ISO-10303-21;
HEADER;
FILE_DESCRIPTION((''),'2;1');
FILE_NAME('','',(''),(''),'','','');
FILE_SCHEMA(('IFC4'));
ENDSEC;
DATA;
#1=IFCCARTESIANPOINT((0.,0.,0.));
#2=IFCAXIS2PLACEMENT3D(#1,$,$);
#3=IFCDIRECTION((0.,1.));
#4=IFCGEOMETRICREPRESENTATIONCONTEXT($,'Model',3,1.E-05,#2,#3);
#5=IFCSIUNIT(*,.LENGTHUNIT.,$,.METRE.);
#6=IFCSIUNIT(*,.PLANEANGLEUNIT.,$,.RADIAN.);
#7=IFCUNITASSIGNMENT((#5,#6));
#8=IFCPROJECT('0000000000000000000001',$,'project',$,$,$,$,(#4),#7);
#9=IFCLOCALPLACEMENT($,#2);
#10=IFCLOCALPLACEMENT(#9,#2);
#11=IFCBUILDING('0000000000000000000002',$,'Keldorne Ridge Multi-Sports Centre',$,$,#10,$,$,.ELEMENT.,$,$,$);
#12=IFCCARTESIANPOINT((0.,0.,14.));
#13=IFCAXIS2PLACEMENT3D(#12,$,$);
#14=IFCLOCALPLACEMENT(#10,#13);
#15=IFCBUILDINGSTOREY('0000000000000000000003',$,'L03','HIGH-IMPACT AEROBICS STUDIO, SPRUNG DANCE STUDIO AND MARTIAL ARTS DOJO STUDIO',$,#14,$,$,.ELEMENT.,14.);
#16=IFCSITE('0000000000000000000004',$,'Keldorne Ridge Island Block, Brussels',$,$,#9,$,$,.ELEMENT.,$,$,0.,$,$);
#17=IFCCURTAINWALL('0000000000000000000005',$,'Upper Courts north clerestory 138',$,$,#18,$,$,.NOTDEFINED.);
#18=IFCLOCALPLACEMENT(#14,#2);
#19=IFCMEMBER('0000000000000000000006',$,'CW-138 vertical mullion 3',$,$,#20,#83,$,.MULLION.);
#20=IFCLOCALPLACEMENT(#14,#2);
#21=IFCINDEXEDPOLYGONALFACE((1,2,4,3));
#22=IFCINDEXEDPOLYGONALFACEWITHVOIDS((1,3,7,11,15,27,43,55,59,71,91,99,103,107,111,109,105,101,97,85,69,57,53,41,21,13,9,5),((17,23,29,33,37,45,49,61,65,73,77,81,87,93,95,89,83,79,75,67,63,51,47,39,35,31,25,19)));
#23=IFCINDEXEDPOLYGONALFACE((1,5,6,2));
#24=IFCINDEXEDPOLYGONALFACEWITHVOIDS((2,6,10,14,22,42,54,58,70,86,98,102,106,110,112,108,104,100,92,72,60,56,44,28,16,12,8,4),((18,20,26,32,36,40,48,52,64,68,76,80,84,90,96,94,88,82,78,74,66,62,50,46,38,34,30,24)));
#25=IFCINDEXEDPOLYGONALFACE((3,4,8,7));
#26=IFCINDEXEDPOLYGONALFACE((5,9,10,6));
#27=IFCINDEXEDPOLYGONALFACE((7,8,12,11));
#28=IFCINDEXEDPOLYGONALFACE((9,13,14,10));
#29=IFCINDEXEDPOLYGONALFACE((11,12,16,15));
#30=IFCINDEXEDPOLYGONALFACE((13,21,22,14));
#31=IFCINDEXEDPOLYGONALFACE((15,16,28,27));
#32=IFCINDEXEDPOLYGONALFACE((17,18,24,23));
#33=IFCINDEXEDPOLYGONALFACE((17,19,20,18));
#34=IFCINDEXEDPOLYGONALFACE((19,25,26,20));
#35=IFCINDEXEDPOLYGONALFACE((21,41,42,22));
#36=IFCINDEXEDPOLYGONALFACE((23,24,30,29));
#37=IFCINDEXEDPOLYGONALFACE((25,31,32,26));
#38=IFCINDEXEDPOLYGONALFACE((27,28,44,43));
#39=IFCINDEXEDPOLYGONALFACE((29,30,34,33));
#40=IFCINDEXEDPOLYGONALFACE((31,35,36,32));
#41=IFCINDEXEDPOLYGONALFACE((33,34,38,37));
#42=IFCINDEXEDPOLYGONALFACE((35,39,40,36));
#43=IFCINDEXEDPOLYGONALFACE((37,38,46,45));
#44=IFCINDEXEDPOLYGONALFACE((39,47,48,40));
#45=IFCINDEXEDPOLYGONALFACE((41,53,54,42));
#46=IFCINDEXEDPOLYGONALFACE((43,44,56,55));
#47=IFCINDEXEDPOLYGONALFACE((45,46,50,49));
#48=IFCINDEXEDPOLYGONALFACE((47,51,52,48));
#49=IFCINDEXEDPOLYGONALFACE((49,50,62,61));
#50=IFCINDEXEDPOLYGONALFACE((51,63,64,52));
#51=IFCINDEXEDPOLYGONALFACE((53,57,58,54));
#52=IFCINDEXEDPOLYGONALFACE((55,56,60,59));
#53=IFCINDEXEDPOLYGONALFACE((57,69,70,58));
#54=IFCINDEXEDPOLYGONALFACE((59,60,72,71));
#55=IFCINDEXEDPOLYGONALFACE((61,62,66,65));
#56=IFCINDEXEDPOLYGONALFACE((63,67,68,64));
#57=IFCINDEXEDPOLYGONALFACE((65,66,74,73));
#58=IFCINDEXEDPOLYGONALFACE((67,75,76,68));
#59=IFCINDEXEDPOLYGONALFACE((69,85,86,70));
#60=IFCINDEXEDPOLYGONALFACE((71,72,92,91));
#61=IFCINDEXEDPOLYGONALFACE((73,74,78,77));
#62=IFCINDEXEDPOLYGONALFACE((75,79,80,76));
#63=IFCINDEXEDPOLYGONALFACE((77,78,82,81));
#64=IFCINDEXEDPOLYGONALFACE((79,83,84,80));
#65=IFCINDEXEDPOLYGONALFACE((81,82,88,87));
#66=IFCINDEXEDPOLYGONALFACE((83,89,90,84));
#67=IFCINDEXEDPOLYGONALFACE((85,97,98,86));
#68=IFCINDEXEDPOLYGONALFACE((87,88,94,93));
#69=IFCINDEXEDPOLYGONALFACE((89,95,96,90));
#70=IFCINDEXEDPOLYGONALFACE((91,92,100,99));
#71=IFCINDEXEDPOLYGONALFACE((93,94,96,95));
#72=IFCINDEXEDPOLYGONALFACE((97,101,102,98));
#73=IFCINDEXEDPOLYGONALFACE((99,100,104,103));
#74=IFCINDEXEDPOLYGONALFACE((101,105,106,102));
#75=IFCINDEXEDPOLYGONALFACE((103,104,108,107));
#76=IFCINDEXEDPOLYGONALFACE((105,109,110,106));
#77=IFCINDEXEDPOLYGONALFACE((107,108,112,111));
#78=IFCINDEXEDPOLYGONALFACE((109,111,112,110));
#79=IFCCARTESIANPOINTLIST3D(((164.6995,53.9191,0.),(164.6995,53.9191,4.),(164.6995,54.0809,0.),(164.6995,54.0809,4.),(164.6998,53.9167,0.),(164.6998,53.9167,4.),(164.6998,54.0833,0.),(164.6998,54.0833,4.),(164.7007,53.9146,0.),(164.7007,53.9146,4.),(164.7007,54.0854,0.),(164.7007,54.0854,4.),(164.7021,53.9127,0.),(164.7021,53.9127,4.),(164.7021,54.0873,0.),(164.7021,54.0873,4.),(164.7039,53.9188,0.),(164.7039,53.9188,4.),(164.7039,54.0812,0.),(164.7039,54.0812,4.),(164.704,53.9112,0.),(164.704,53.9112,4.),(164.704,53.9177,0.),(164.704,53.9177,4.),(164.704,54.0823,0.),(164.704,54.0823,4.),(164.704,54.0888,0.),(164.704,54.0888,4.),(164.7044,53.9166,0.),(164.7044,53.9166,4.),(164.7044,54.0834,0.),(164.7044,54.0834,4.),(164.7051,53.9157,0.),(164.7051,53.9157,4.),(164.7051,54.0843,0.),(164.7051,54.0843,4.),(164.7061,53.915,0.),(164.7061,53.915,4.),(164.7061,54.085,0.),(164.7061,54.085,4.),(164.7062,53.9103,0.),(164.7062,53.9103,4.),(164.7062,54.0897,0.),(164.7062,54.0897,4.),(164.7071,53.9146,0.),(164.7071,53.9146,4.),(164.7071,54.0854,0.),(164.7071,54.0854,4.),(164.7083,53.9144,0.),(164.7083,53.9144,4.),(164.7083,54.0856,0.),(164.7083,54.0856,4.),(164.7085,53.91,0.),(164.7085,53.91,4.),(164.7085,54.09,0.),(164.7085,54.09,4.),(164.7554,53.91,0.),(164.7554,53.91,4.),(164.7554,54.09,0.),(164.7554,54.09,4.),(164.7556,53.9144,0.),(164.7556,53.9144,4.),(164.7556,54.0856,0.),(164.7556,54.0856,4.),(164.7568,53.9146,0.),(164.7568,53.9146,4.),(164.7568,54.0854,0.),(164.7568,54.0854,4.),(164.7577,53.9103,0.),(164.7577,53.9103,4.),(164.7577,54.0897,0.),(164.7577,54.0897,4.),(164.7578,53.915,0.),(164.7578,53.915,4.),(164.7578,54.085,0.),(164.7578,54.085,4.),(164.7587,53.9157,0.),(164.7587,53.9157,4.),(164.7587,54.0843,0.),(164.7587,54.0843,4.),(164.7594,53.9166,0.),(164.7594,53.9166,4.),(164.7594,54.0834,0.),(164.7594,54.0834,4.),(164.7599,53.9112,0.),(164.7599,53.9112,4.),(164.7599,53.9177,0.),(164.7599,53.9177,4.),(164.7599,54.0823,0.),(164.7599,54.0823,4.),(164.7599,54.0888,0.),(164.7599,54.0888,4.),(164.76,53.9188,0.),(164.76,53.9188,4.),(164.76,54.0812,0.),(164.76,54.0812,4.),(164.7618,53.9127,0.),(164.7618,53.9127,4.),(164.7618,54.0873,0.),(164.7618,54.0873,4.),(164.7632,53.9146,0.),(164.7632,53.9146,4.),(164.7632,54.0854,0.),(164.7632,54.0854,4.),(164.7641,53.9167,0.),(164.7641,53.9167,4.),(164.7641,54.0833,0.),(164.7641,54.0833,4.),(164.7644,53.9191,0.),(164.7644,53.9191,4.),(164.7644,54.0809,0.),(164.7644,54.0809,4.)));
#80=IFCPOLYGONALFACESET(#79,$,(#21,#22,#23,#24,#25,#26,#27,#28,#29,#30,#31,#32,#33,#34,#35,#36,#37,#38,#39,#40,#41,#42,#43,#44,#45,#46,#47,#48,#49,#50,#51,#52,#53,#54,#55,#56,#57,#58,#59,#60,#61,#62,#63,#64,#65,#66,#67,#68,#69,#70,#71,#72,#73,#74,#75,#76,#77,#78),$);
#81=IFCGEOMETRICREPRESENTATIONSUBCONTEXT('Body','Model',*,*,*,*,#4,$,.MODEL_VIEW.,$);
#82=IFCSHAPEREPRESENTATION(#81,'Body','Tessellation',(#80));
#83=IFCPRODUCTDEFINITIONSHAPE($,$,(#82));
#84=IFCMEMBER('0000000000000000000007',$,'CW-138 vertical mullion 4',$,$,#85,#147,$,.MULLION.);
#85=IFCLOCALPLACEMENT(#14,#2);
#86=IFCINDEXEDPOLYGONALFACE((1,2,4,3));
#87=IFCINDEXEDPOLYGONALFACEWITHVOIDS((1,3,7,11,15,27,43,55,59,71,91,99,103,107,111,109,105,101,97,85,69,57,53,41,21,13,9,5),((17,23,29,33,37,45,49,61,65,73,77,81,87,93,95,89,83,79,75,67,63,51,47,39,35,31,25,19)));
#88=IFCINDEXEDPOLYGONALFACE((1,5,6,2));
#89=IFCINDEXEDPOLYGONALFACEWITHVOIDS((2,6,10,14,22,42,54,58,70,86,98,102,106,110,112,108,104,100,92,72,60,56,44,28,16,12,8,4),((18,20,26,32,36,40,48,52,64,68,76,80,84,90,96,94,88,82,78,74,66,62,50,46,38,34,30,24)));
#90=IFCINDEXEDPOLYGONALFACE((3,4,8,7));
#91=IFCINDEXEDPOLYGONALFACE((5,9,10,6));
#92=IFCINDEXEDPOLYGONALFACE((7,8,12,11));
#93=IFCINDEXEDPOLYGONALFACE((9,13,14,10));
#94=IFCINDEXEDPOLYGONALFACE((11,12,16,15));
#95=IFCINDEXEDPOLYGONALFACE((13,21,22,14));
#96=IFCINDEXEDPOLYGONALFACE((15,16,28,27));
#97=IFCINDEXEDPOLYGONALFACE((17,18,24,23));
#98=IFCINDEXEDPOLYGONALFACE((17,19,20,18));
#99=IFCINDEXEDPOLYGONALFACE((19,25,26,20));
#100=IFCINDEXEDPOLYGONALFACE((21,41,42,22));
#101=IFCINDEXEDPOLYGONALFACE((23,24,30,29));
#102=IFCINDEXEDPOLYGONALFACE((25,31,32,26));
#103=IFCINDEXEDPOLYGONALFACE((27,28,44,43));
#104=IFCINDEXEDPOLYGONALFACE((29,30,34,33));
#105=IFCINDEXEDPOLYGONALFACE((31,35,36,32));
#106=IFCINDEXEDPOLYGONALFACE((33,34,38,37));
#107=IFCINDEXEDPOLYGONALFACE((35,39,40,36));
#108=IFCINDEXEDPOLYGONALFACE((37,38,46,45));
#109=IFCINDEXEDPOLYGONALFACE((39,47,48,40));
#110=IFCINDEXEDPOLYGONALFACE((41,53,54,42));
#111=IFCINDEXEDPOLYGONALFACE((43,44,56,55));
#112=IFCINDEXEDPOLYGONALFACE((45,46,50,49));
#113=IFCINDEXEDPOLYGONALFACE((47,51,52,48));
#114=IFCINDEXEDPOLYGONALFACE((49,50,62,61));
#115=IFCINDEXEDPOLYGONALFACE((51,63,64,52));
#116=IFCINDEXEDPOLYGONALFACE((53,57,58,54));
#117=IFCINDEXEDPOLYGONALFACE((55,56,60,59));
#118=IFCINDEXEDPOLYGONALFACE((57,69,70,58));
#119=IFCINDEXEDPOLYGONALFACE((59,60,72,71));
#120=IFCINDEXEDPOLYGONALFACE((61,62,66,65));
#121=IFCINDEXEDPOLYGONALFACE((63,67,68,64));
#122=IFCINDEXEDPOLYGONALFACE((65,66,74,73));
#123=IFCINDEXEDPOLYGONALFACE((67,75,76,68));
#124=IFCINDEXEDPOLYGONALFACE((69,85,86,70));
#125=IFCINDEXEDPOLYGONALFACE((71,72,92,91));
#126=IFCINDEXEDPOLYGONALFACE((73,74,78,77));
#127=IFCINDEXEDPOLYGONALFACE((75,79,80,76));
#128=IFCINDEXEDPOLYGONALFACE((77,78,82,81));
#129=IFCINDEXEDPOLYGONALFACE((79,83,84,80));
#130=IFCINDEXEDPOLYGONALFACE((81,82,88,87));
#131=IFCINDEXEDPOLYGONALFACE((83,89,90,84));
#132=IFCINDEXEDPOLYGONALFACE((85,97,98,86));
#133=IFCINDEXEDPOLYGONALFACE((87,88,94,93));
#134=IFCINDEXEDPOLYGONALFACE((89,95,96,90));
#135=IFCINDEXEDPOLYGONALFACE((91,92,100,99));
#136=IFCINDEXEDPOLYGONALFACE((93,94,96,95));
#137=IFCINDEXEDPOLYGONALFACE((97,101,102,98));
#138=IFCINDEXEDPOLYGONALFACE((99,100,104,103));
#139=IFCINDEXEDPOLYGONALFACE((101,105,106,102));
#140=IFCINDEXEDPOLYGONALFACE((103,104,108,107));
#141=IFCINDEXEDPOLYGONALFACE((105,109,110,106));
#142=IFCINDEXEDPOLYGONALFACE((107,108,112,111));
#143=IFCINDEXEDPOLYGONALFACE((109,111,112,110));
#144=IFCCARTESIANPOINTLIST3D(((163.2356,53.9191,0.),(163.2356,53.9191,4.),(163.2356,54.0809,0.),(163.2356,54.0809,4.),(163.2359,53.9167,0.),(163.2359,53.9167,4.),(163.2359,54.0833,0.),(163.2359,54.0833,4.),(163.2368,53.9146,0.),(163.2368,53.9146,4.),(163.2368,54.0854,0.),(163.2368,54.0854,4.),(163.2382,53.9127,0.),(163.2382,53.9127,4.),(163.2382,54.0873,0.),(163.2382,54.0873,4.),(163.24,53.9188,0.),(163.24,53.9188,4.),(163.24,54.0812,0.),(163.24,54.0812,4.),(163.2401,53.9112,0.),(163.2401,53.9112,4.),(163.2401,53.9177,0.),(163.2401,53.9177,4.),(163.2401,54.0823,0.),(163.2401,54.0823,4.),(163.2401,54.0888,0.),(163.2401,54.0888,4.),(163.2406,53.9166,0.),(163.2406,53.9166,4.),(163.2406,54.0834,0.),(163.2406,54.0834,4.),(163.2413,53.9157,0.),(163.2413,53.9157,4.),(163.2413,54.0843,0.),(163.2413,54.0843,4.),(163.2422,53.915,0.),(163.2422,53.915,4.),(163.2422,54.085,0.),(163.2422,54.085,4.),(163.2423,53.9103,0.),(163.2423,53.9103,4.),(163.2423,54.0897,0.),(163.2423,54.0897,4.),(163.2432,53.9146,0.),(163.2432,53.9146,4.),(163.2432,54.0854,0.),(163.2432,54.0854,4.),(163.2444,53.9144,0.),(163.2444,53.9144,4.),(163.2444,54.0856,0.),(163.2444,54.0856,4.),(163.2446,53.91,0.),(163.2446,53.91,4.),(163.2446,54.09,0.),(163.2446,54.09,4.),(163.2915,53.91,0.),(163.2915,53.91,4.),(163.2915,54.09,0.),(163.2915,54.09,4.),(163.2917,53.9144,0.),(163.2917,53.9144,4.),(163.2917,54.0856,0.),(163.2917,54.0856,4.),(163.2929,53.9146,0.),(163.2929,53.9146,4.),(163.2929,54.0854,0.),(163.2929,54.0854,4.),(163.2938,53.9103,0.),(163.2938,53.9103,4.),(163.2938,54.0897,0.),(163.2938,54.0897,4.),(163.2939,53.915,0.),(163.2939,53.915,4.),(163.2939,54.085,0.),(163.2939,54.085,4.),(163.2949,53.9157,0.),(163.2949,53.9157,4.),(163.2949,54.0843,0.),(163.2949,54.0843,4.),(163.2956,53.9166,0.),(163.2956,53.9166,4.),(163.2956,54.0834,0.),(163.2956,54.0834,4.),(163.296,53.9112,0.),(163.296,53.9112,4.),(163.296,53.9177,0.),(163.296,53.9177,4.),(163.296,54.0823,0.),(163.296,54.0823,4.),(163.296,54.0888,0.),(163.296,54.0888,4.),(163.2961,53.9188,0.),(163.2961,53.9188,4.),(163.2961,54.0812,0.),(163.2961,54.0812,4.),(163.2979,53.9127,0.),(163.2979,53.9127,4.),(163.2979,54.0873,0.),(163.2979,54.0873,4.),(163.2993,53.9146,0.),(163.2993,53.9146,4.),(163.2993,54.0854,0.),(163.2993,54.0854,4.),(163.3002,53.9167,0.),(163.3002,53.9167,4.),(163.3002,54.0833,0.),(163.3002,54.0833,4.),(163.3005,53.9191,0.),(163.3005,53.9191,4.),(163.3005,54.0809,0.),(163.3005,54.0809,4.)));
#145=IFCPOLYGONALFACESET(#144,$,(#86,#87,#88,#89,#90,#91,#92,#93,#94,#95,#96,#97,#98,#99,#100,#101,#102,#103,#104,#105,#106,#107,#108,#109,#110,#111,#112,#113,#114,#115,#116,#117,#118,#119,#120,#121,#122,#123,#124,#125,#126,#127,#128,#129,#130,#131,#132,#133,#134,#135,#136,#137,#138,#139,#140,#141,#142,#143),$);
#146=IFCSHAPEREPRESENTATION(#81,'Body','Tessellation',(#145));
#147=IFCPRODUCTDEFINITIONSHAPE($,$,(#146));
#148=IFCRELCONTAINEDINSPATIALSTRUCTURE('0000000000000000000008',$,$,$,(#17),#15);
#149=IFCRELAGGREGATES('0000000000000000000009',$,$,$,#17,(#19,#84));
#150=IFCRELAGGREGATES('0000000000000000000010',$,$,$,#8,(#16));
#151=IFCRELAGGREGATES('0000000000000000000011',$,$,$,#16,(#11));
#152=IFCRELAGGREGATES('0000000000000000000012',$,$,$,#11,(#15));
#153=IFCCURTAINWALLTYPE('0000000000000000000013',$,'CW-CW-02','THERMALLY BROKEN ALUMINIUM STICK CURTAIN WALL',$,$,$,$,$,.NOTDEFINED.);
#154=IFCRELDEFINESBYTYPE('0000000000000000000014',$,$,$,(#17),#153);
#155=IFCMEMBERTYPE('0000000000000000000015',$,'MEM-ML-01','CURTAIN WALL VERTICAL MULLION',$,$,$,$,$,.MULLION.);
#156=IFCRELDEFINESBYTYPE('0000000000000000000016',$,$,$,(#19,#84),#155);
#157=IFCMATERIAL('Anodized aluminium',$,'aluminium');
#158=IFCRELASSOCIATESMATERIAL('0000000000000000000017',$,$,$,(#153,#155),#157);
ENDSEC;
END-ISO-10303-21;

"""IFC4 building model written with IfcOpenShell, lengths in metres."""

from ifc_helpers import new_model, si_unit, direction, frame, origin, origin_2d, place, context, subcontext, project, spatial, hollow_rectangle, extrude, material, material_profile, profile_set, type_object, element, aggregate, save


model = new_model("IFC4")

# Units and contexts
model_context = context("Model", 3, precision=1e-05, world=origin(), true_north=direction((0.0, 1.0)))
body_context = subcontext(model_context, "Body", "Model", "MODEL_VIEW")
ifc_project = project(units=[si_unit("LENGTHUNIT", "METRE"), si_unit("PLANEANGLEUNIT", "RADIAN")], contexts=[model_context])

# Site, building, storey
site_placement = place(None, origin())
site = spatial("IfcSite", under=ifc_project, at=site_placement, Name="Keldorne Ridge Island Block, Brussels", CompositionType="ELEMENT", RefElevation=0.0)
building_placement = place(site_placement, origin())
building = spatial("IfcBuilding", under=site, at=building_placement, Name="Keldorne Ridge Multi-Sports Centre", CompositionType="ELEMENT")
storey_placement = place(building_placement, frame((0.0, 0.0, 14.0)))
storey = spatial("IfcBuildingStorey", under=building, at=storey_placement, Name="L03", Description="HIGH-IMPACT AEROBICS STUDIO, SPRUNG DANCE STUDIO AND MARTIAL ARTS DOJO STUDIO", CompositionType="ELEMENT", Elevation=14.0)

# Curtain wall, members
ifc_material_1 = material(Name="Anodized aluminium", Category="aluminium")
curtain_wall_type = type_object("IfcCurtainWallType", Name="CW-CW-02", Description="THERMALLY BROKEN ALUMINIUM STICK CURTAIN WALL", PredefinedType="NOTDEFINED", material=ifc_material_1)
curtain_wall_placement = place(storey_placement, origin())
curtain_wall = element("IfcCurtainWall", 1, at=curtain_wall_placement, inside=storey, type_object=curtain_wall_type, Name="Upper Courts north clerestory 138", PredefinedType="NOTDEFINED")
ifc_material_profile_1 = material_profile(ifc_material_1, hollow_rectangle(XDim=0.0649, YDim=0.1799, WallThickness=0.0044, InnerFilletRadius=0.0044, OuterFilletRadius=0.009, at=origin_2d()), Name="ALU MULLION 180x65x4.5")
ifc_profile_set_1 = profile_set([ifc_material_profile_1], Name="Anodized aluminium")
member_type_1 = type_object("IfcMemberType", Name="MEM-ML-01", Description="CURTAIN WALL VERTICAL MULLION", PredefinedType="MULLION", material=ifc_profile_set_1)
member_1_placement = place(storey_placement, frame((164.7319, 54.0, 0.0), z_axis=(0.0, 0.0, 1.0), x_axis=(1.0, 0.0, 0.0)))
member_1 = element("IfcMember", 2, at=member_1_placement, type_object=member_type_1, Name="CW-138 vertical mullion 3", PredefinedType="MULLION", context=body_context, shape_type="SweptSolid", body=[
    extrude(hollow_rectangle(XDim=0.0649, YDim=0.1799, WallThickness=0.0044, InnerFilletRadius=0.0044, OuterFilletRadius=0.009, at=origin_2d()), origin(), (0.0, 0.0, 1.0), 4.0),
])
member_2_placement = place(storey_placement, frame((163.2681, 54.0, 0.0), z_axis=(0.0, 0.0, 1.0), x_axis=(1.0, 0.0, 0.0)))
member_2 = element("IfcMember", 3, at=member_2_placement, type_object=member_type_1, Name="CW-138 vertical mullion 4", PredefinedType="MULLION", context=body_context, shape_type="SweptSolid", body=[
    extrude(hollow_rectangle(XDim=0.0649, YDim=0.1799, WallThickness=0.0044, InnerFilletRadius=0.0044, OuterFilletRadius=0.009, at=origin_2d()), origin(), (0.0, 0.0, 1.0), 4.0),
])

aggregate(curtain_wall, [member_1, member_2])

save(model, "model.ifc")
